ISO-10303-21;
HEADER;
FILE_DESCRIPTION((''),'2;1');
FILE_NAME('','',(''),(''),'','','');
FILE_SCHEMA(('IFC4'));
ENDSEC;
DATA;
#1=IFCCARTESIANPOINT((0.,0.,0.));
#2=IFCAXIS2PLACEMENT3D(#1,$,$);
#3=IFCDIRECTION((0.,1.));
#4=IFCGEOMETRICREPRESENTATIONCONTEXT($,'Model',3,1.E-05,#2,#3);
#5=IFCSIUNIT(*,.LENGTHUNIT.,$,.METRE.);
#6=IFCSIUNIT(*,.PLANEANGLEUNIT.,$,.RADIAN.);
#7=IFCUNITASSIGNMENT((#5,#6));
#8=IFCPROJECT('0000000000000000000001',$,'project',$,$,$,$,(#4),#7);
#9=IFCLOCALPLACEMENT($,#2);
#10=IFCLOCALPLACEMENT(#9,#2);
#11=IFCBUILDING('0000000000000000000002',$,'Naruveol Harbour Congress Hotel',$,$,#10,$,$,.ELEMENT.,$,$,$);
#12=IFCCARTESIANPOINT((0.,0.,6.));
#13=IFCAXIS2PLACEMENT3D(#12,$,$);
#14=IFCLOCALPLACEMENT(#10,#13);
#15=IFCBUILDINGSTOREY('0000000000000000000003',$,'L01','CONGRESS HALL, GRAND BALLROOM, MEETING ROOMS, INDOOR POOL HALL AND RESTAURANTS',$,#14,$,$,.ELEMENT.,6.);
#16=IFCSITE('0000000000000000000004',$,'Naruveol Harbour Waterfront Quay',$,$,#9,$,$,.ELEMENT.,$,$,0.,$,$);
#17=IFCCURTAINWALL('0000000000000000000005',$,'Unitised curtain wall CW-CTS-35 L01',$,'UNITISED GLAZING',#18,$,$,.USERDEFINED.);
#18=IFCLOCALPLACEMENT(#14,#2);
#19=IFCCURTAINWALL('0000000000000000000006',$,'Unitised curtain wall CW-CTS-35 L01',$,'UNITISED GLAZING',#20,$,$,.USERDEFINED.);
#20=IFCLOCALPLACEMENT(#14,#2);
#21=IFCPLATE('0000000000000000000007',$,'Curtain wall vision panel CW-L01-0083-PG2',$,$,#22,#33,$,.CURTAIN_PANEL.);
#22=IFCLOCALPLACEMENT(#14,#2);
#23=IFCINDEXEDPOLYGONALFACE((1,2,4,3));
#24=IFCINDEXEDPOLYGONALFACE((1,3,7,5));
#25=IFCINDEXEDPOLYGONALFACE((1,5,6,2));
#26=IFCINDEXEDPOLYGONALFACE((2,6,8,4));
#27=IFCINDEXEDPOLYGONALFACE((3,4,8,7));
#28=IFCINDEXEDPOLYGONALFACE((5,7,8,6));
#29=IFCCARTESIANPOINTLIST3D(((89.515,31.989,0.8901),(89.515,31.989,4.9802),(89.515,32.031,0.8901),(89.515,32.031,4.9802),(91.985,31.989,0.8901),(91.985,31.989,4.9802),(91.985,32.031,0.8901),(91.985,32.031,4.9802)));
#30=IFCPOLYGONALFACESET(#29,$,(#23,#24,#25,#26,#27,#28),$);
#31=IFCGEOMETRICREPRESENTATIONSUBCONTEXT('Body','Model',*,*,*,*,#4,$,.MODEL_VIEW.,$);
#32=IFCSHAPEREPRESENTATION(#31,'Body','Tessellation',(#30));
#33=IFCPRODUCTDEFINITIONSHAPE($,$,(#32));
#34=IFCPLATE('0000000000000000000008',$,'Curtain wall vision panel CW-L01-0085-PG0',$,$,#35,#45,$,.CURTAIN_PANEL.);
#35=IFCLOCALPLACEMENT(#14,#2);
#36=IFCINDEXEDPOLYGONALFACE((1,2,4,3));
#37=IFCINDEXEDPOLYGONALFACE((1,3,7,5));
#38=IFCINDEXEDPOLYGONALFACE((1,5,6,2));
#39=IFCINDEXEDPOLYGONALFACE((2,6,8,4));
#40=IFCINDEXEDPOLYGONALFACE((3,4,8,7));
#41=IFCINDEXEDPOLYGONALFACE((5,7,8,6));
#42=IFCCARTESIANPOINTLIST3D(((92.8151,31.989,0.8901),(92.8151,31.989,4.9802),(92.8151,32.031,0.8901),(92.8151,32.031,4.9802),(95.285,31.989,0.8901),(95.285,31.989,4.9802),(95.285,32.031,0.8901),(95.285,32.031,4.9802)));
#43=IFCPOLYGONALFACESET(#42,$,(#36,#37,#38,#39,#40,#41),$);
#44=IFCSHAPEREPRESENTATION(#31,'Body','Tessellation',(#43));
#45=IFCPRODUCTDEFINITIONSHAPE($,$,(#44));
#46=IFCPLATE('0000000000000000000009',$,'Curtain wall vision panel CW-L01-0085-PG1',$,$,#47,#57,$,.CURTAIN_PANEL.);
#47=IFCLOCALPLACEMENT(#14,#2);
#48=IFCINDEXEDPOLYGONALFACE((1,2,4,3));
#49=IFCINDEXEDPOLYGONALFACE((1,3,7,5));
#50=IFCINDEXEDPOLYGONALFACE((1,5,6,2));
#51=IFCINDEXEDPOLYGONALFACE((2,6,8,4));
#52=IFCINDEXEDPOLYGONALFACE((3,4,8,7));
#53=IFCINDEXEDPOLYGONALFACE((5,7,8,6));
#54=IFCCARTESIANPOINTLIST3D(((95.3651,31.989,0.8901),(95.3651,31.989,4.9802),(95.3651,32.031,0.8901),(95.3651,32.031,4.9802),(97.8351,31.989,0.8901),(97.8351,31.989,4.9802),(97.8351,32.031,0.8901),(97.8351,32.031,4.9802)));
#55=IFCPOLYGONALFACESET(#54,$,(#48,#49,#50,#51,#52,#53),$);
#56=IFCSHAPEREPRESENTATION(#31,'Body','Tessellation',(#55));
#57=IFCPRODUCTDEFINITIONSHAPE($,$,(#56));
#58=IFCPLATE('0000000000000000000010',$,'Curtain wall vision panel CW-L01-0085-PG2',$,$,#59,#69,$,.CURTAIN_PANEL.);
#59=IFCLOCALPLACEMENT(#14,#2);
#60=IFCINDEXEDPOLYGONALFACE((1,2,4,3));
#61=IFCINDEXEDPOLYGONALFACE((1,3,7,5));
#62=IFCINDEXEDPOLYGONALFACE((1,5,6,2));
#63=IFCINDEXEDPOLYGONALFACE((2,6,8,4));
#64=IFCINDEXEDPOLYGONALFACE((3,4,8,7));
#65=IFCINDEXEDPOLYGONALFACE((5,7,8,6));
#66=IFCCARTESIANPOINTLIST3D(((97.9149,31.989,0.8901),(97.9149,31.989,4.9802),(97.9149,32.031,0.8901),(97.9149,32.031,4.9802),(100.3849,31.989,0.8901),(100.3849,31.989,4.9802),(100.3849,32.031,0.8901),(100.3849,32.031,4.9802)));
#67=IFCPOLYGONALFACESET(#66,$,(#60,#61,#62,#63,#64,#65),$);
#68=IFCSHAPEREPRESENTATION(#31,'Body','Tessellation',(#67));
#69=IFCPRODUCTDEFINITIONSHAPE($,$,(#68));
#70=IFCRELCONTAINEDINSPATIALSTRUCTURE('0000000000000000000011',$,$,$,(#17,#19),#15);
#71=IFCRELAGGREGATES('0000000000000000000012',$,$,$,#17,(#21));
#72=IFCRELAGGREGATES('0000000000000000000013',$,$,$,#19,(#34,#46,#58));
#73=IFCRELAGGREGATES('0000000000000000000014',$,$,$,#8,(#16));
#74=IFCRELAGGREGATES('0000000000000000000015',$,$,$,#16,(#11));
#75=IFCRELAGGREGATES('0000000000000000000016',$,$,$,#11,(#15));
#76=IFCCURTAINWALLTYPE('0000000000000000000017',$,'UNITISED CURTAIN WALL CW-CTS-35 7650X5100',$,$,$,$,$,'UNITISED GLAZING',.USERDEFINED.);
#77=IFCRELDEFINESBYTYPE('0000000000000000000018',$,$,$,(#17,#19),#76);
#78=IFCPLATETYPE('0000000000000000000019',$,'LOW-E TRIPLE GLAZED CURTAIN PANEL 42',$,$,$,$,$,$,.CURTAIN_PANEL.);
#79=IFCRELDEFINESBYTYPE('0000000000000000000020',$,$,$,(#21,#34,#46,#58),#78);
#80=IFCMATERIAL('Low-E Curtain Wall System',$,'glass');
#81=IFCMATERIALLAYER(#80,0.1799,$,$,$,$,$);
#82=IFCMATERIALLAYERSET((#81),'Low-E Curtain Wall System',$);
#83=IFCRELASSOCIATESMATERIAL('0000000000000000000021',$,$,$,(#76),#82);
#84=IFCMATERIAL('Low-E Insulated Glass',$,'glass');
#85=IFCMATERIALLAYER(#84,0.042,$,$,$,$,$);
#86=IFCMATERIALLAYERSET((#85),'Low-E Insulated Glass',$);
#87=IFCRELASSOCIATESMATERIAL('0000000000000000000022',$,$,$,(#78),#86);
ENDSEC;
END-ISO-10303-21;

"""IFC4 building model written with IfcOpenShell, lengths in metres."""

from ifc_helpers import new_model, si_unit, direction, frame, origin, origin_2d, place, context, subcontext, project, spatial, rectangle, extrude, material, layer, layer_set, type_object, element, aggregate, save


model = new_model("IFC4")

# Units and contexts
model_context = context("Model", 3, precision=1e-05, world=origin(), true_north=direction((0.0, 1.0)))
body_context = subcontext(model_context, "Body", "Model", "MODEL_VIEW")
ifc_project = project(units=[si_unit("LENGTHUNIT", "METRE"), si_unit("PLANEANGLEUNIT", "RADIAN")], contexts=[model_context])

# Site, building, storey
site_placement = place(None, origin())
site = spatial("IfcSite", under=ifc_project, at=site_placement, Name="Naruveol Harbour Waterfront Quay", CompositionType="ELEMENT", RefElevation=0.0)
building_placement = place(site_placement, origin())
building = spatial("IfcBuilding", under=site, at=building_placement, Name="Naruveol Harbour Congress Hotel", CompositionType="ELEMENT")
storey_placement = place(building_placement, frame((0.0, 0.0, 6.0)))
storey = spatial("IfcBuildingStorey", under=building, at=storey_placement, Name="L01", Description="CONGRESS HALL, GRAND BALLROOM, MEETING ROOMS, INDOOR POOL HALL AND RESTAURANTS", CompositionType="ELEMENT", Elevation=6.0)

# Curtain wall
ifc_material_1 = material(Name="Low-E Curtain Wall System", Category="glass")
ifc_layer_1 = layer(ifc_material_1, 0.1799)
ifc_layer_set_1 = layer_set([ifc_layer_1], Name="Low-E Curtain Wall System")
curtain_wall_type = type_object("IfcCurtainWallType", Name="UNITISED CURTAIN WALL CW-CTS-35 7650X5100", ElementType="UNITISED GLAZING", PredefinedType="USERDEFINED", material=ifc_layer_set_1)
curtain_wall_1_placement = place(storey_placement, origin())
curtain_wall_1 = element("IfcCurtainWall", 1, at=curtain_wall_1_placement, inside=storey, type_object=curtain_wall_type, Name="Unitised curtain wall CW-CTS-35 L01", ObjectType="UNITISED GLAZING", PredefinedType="USERDEFINED")

# Curtain wall
curtain_wall_2_placement = place(storey_placement, origin())
curtain_wall_2 = element("IfcCurtainWall", 2, at=curtain_wall_2_placement, inside=storey, type_object=curtain_wall_type, Name="Unitised curtain wall CW-CTS-35 L01", ObjectType="UNITISED GLAZING", PredefinedType="USERDEFINED")

# Plates
ifc_material_2 = material(Name="Low-E Insulated Glass", Category="glass")
ifc_layer_2 = layer(ifc_material_2, 0.042)
ifc_layer_set_2 = layer_set([ifc_layer_2], Name="Low-E Insulated Glass")
plate_type_1 = type_object("IfcPlateType", Name="LOW-E TRIPLE GLAZED CURTAIN PANEL 42", PredefinedType="CURTAIN_PANEL", material=ifc_layer_set_2)
plate_1_placement = place(storey_placement, frame((90.75, 32.01, 0.8901), z_axis=(0.0, 0.0, 1.0), x_axis=(1.0, 0.0, 0.0)))
plate_1 = element("IfcPlate", 3, at=plate_1_placement, type_object=plate_type_1, Name="Curtain wall vision panel CW-L01-0083-PG2", PredefinedType="CURTAIN_PANEL", context=body_context, shape_type="SweptSolid", body=[
    extrude(rectangle(XDim=2.47, YDim=0.042, at=origin_2d()), origin(), (0.0, 0.0, 1.0), 4.0901),
])
aggregate(curtain_wall_1, [plate_1])
plate_2_placement = place(storey_placement, frame((94.05, 32.01, 0.8901), z_axis=(0.0, 0.0, 1.0), x_axis=(1.0, 0.0, 0.0)))
plate_2 = element("IfcPlate", 4, at=plate_2_placement, type_object=plate_type_1, Name="Curtain wall vision panel CW-L01-0085-PG0", PredefinedType="CURTAIN_PANEL", context=body_context, shape_type="SweptSolid", body=[
    extrude(rectangle(XDim=2.47, YDim=0.042, at=origin_2d()), origin(), (0.0, 0.0, 1.0), 4.0901),
])
plate_3_placement = place(storey_placement, frame((96.6001, 32.01, 0.8901), z_axis=(0.0, 0.0, 1.0), x_axis=(1.0, 0.0, 0.0)))
plate_3 = element("IfcPlate", 5, at=plate_3_placement, type_object=plate_type_1, Name="Curtain wall vision panel CW-L01-0085-PG1", PredefinedType="CURTAIN_PANEL", context=body_context, shape_type="SweptSolid", body=[
    extrude(rectangle(XDim=2.47, YDim=0.042, at=origin_2d()), origin(), (0.0, 0.0, 1.0), 4.0901),
])
plate_4_placement = place(storey_placement, frame((99.1499, 32.01, 0.8901), z_axis=(0.0, 0.0, 1.0), x_axis=(1.0, 0.0, 0.0)))
plate_4 = element("IfcPlate", 6, at=plate_4_placement, type_object=plate_type_1, Name="Curtain wall vision panel CW-L01-0085-PG2", PredefinedType="CURTAIN_PANEL", context=body_context, shape_type="SweptSolid", body=[
    extrude(rectangle(XDim=2.47, YDim=0.042, at=origin_2d()), origin(), (0.0, 0.0, 1.0), 4.0901),
])
aggregate(curtain_wall_2, [plate_2, plate_3, plate_4])

save(model, "model.ifc")
